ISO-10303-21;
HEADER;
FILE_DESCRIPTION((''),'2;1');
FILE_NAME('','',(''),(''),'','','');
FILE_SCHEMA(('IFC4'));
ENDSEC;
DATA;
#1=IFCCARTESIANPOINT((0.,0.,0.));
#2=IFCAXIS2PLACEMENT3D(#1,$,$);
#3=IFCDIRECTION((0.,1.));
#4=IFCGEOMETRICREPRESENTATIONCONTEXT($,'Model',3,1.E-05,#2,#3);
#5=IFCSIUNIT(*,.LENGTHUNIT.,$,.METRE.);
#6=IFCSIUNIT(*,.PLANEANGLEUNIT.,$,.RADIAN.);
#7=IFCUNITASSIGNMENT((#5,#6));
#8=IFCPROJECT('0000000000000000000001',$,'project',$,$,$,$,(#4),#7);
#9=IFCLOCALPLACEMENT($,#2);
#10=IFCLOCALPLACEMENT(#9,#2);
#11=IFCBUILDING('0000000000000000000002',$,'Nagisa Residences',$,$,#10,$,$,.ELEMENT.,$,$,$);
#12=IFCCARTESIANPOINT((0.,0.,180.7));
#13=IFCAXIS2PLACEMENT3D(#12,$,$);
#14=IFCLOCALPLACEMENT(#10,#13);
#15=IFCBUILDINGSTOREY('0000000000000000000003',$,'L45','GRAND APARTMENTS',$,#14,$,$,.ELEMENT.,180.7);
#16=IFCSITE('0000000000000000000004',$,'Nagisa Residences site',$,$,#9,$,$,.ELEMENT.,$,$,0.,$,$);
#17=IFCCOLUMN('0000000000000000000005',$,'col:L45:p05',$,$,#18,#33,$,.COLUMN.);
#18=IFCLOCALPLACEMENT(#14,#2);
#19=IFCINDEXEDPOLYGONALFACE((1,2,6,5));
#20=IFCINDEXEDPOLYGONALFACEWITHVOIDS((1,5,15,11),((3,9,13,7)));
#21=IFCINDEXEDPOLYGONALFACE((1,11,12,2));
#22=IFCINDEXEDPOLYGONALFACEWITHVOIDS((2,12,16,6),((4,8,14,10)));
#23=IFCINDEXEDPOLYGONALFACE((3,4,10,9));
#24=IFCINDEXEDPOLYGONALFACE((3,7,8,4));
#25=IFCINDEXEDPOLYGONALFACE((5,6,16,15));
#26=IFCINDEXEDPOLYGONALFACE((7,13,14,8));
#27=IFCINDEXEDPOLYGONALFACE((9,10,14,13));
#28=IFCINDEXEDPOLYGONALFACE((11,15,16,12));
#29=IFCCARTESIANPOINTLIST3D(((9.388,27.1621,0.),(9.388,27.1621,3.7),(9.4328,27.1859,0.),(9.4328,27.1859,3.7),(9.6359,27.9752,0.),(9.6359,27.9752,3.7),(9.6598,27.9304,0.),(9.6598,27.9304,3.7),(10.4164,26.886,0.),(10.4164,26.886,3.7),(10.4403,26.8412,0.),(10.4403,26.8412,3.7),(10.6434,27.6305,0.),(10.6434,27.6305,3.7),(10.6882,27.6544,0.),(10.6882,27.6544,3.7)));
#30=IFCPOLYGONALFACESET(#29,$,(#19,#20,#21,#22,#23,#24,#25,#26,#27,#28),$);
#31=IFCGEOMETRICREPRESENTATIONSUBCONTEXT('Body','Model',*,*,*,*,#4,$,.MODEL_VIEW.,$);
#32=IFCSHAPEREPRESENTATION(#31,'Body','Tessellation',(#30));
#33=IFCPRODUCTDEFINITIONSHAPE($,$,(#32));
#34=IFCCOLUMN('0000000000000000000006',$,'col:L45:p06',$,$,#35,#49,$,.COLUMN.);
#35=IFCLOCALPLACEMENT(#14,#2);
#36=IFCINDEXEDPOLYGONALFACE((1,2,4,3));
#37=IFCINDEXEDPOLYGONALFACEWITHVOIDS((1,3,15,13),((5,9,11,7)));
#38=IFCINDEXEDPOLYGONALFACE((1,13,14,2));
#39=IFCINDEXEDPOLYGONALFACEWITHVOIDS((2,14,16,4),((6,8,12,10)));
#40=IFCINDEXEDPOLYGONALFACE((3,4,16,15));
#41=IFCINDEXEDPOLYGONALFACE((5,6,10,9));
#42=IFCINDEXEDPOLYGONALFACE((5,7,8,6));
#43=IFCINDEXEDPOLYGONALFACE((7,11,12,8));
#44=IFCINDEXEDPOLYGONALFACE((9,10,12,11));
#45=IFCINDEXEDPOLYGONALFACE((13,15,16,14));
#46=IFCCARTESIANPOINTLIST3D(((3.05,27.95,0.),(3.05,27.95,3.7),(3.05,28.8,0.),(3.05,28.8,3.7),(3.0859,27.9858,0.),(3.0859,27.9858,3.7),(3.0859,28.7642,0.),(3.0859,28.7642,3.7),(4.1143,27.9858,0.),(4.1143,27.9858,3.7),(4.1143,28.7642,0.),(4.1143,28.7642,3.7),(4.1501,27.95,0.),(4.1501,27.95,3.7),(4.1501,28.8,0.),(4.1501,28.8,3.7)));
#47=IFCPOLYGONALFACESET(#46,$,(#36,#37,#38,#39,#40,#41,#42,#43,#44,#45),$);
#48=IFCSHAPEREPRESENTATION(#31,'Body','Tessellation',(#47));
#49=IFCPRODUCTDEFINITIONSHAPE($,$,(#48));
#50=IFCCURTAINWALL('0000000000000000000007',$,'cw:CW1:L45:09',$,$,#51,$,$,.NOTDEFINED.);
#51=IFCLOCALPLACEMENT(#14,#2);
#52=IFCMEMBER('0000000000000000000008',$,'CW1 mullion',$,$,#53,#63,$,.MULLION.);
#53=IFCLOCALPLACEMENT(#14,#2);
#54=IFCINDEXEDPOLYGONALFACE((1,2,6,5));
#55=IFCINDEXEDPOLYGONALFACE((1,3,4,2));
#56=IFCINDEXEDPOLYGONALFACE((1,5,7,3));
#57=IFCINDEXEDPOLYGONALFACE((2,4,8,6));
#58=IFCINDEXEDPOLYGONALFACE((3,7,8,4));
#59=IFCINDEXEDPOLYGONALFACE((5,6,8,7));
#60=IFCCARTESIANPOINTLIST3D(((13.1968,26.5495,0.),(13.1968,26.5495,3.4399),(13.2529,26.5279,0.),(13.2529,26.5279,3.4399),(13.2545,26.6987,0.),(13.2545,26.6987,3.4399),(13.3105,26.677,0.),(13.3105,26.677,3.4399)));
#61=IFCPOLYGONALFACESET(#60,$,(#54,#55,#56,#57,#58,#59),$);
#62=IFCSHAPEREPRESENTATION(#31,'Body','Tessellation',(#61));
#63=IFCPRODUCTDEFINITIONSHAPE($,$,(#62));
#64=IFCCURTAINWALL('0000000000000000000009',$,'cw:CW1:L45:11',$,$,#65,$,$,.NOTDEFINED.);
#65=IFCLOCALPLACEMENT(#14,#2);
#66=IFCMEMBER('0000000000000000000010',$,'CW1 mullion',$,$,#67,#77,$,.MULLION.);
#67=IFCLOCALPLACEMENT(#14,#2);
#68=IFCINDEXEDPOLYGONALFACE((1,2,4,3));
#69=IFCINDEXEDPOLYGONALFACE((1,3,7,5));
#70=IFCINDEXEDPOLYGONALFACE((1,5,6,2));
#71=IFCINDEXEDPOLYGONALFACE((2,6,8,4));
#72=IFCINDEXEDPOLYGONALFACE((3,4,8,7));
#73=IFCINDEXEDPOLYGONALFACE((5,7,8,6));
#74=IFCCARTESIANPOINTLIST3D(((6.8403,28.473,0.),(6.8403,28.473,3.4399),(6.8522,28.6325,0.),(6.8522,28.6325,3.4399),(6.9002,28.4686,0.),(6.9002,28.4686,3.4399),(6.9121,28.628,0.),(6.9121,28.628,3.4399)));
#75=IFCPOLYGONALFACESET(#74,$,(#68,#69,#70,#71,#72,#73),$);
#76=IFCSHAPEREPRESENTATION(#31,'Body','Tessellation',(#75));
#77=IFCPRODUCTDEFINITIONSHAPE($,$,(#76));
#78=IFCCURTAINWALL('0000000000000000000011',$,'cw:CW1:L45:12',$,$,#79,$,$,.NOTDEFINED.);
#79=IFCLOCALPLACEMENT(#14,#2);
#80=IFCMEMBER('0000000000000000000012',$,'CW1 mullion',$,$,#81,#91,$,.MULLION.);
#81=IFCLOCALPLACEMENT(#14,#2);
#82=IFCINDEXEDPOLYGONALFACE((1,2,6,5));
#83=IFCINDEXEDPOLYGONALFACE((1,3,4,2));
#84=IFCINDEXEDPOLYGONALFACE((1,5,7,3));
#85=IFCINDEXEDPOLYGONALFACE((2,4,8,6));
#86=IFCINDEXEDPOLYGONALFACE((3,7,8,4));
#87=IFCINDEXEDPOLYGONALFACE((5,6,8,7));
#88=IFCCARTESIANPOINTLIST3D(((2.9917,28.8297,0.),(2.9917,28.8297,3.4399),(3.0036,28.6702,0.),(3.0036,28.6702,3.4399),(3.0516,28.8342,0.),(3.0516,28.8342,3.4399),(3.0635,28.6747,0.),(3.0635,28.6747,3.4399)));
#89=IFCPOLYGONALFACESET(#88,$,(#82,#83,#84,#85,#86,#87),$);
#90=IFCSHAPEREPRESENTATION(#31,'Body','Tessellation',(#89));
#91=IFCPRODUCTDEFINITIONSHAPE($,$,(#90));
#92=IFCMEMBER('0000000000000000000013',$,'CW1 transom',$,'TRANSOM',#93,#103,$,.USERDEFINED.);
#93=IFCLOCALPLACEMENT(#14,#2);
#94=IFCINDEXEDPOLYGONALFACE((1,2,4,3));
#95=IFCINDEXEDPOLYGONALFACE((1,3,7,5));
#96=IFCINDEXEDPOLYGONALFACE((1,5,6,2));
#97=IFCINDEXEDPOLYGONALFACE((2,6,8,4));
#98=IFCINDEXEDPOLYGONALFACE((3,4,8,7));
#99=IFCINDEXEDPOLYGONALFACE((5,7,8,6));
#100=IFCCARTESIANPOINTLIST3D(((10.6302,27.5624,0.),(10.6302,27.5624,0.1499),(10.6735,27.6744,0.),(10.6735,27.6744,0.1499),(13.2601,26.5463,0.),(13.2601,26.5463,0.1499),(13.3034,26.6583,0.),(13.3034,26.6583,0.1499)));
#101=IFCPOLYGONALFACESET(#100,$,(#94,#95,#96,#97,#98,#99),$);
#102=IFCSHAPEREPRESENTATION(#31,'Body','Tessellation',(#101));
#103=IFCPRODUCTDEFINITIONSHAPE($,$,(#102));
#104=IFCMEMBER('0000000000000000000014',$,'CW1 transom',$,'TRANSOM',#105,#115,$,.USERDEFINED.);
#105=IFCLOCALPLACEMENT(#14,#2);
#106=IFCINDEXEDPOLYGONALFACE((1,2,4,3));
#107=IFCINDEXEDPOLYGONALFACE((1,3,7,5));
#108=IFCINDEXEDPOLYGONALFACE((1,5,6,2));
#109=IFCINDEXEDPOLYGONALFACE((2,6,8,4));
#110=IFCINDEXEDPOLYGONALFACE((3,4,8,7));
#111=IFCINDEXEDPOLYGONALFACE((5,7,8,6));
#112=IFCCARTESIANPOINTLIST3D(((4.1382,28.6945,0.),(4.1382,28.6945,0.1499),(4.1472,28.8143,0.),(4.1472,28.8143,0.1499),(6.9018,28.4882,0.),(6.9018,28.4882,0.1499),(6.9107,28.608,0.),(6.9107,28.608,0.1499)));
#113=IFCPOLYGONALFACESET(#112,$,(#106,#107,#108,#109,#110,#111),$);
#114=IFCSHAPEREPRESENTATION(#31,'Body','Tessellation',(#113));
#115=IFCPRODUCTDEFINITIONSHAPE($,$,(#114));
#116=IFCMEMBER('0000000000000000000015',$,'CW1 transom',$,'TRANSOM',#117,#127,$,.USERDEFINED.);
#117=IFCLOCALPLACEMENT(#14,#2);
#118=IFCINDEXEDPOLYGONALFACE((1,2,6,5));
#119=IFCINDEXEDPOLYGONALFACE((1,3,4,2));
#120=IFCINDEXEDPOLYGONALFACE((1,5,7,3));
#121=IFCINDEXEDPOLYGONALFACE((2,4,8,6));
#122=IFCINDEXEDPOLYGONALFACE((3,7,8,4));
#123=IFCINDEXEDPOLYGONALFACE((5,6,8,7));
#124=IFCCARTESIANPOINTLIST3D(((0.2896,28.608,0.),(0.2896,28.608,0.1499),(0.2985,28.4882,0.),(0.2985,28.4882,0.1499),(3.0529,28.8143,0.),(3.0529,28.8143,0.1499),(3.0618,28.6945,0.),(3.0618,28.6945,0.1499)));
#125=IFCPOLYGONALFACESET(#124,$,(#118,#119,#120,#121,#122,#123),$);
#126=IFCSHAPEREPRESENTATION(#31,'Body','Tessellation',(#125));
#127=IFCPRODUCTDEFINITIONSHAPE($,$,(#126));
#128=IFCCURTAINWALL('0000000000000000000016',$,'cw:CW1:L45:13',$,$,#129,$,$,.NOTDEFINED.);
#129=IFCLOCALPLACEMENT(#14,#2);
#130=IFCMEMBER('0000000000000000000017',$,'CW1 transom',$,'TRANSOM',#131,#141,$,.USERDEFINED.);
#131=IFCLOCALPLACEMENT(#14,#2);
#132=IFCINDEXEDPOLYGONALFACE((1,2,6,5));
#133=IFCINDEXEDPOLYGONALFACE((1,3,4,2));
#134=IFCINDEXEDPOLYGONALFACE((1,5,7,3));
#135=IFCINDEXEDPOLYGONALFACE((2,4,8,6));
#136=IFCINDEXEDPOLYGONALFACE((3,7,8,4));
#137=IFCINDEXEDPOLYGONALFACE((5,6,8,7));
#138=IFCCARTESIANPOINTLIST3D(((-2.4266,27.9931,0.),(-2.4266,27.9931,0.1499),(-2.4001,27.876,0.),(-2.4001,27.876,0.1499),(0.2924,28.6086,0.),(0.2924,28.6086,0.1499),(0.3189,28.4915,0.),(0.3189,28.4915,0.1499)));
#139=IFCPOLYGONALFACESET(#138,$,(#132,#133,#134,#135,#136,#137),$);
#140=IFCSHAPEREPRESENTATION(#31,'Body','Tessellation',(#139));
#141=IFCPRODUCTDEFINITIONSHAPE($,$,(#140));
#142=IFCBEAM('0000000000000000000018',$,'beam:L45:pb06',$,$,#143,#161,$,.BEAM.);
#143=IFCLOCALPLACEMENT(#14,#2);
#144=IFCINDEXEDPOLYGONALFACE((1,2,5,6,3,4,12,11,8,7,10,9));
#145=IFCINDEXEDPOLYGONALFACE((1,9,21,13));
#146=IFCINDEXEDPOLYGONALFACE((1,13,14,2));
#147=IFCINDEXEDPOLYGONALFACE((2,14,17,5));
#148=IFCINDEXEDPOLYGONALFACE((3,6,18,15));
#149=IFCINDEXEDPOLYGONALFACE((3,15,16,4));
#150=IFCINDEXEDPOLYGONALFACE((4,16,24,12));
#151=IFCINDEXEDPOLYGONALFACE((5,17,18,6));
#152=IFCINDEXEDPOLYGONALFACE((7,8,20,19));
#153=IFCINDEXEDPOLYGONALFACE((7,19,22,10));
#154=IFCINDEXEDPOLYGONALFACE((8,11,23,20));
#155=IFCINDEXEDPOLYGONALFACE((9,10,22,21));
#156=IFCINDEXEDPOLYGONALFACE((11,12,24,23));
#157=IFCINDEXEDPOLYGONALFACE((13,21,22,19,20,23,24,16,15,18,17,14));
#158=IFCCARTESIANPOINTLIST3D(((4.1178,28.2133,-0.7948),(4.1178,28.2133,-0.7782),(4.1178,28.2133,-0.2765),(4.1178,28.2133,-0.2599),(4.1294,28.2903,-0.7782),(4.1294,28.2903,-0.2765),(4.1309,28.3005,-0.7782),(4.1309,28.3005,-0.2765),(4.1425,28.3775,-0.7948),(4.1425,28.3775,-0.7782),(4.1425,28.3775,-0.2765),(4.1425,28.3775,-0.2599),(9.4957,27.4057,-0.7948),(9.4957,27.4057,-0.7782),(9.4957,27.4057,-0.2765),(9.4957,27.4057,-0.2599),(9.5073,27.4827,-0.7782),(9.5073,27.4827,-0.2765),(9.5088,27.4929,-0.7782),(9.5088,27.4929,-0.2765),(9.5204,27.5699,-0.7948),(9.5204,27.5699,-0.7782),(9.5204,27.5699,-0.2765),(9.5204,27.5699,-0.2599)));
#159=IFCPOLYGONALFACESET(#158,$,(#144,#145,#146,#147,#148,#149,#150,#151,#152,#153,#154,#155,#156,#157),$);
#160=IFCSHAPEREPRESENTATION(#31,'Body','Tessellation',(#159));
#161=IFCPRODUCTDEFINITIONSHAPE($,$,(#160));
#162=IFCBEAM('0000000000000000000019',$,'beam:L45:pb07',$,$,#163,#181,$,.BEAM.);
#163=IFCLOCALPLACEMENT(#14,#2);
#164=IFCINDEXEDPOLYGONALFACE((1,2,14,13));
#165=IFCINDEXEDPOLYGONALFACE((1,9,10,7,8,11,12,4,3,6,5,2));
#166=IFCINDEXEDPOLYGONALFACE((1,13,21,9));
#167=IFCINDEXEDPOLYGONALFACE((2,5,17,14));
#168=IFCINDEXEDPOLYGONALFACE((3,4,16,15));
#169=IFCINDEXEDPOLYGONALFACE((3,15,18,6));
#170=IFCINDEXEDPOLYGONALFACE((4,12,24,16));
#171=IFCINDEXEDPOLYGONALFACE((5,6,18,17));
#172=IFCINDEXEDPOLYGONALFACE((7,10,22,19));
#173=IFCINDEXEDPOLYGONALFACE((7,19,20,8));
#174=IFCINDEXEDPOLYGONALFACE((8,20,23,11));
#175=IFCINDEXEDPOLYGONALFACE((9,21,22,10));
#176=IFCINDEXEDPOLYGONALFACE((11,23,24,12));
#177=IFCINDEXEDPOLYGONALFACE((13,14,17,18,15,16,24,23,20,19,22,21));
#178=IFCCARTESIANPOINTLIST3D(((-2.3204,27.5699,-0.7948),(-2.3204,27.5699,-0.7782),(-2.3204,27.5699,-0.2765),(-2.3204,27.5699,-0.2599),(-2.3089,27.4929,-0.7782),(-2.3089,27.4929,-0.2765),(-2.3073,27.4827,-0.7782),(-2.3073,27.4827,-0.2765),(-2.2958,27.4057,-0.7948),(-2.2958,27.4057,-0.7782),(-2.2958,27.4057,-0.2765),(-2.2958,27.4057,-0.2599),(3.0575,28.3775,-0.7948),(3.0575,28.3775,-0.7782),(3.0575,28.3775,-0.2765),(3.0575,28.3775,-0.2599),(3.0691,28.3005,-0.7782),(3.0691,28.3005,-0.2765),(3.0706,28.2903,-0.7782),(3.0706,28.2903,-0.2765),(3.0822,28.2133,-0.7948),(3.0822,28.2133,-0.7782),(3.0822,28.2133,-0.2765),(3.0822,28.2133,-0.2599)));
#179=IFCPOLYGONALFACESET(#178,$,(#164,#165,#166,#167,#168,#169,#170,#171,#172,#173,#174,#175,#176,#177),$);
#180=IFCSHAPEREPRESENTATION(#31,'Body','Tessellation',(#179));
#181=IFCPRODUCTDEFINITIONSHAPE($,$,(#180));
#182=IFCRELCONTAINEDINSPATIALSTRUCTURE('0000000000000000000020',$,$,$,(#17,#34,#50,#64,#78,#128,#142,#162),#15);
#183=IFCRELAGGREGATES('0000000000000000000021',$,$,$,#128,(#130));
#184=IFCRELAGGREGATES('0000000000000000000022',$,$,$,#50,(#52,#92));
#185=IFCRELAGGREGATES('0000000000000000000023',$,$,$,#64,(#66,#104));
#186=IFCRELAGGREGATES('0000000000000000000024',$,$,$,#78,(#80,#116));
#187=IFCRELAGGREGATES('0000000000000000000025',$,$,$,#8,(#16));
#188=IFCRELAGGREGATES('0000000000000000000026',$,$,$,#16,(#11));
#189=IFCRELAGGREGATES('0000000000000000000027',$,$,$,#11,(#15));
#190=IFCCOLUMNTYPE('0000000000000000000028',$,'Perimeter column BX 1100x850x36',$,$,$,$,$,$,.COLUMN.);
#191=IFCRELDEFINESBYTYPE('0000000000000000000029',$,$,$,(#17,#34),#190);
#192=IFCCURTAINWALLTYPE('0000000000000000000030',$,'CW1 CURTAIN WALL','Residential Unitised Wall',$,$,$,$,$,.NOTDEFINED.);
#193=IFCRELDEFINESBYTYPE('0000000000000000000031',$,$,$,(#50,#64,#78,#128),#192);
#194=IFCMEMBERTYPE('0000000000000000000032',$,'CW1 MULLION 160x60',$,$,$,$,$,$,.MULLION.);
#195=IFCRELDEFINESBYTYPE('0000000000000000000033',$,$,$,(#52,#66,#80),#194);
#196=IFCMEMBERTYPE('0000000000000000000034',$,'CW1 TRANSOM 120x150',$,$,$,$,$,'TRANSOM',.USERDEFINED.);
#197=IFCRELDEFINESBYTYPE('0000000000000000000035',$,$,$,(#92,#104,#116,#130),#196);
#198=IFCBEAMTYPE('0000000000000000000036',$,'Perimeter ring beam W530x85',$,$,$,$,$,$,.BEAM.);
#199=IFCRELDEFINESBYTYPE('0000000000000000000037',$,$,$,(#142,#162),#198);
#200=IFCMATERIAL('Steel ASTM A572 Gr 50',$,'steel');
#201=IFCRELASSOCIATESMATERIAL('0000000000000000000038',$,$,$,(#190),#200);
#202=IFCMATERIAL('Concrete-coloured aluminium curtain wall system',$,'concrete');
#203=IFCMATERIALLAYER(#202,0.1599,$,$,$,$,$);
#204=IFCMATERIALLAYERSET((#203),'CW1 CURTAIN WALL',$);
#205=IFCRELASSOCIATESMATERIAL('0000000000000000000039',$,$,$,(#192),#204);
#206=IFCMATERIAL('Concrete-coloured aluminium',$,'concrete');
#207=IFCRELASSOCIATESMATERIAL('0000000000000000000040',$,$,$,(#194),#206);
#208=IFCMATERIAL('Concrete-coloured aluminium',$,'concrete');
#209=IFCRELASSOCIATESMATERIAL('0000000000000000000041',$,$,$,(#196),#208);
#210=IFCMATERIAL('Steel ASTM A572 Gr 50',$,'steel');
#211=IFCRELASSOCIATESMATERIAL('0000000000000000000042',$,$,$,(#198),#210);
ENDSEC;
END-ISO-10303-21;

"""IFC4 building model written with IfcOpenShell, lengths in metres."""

from ifc_helpers import new_model, si_unit, direction, frame, origin, origin_2d, place, context, subcontext, project, spatial, rectangle, hollow_rectangle, i_section, extrude, material, layer, layer_set, material_profile, profile_set, type_object, element, aggregate, save


model = new_model("IFC4")

# Units and contexts
model_context = context("Model", 3, precision=1e-05, world=origin(), true_north=direction((0.0, 1.0)))
body_context = subcontext(model_context, "Body", "Model", "MODEL_VIEW")
ifc_project = project(units=[si_unit("LENGTHUNIT", "METRE"), si_unit("PLANEANGLEUNIT", "RADIAN")], contexts=[model_context])

# Site, building, storey
site_placement = place(None, origin())
site = spatial("IfcSite", under=ifc_project, at=site_placement, Name="Nagisa Residences site", CompositionType="ELEMENT", RefElevation=0.0)
building_placement = place(site_placement, origin())
building = spatial("IfcBuilding", under=site, at=building_placement, Name="Nagisa Residences", CompositionType="ELEMENT")
storey_placement = place(building_placement, frame((0.0, 0.0, 180.7)))
storey = spatial("IfcBuildingStorey", under=building, at=storey_placement, Name="L45", Description="GRAND APARTMENTS", CompositionType="ELEMENT", Elevation=180.7)

# Columns
ifc_material_1 = material(Name="Steel ASTM A572 Gr 50", Category="steel")
ifc_material_profile_1 = material_profile(ifc_material_1, hollow_rectangle(XDim=1.1001, YDim=0.8501, WallThickness=0.0359, at=origin_2d()), Name="BX 1100x850x36")
ifc_profile_set_1 = profile_set([ifc_material_profile_1], Name="Steel ASTM A572 Gr 50")
column_type = type_object("IfcColumnType", Name="Perimeter column BX 1100x850x36", PredefinedType="COLUMN", material=ifc_profile_set_1)
for number, where, z_axis, x_axis, name in (
    (1, (10.0381, 27.4082, 0.0), (0.0, 0.0, 1.0), (-0.956525, 0.291652, 0.0), "col:L45:p05"),
    (2, (3.6001, 28.375, 0.0), (0.0, 0.0, 1.0), (-1.0, 0.0, 0.0), "col:L45:p06"),
):
    element("IfcColumn", number, at=place(storey_placement, frame(where, z_axis=z_axis, x_axis=x_axis)), inside=storey, type_object=column_type, Name=name, PredefinedType="COLUMN", context=body_context, shape_type="SweptSolid", body=[
        extrude(hollow_rectangle(XDim=1.1001, YDim=0.8501, WallThickness=0.0359, at=origin_2d()), origin(), (0.0, 0.0, 1.0), 3.7),
    ])

# Curtain walls, members
ifc_material_2 = material(Name="Concrete-coloured aluminium curtain wall system", Category="concrete")
ifc_layer_1 = layer(ifc_material_2, 0.1599)
ifc_layer_set_1 = layer_set([ifc_layer_1], Name="CW1 CURTAIN WALL")
curtain_wall_type = type_object("IfcCurtainWallType", Name="CW1 CURTAIN WALL", Description="Residential Unitised Wall", PredefinedType="NOTDEFINED", material=ifc_layer_set_1)
curtain_wall_1_placement = place(storey_placement, origin())
curtain_wall_1 = element("IfcCurtainWall", 3, at=curtain_wall_1_placement, inside=storey, type_object=curtain_wall_type, Name="cw:CW1:L45:09", PredefinedType="NOTDEFINED")
ifc_material_3 = material(Name="Concrete-coloured aluminium", Category="concrete")
ifc_material_profile_2 = material_profile(ifc_material_3, rectangle(XDim=0.1599, YDim=0.0601, at=origin_2d()), Name="CW1 MULLION 160x60")
ifc_profile_set_2 = profile_set([ifc_material_profile_2], Name="Concrete-coloured aluminium")
member_type_1 = type_object("IfcMemberType", Name="CW1 MULLION 160x60", PredefinedType="MULLION", material=ifc_profile_set_2)
member_1_placement = place(storey_placement, frame((13.2537, 26.6133, 0.0), z_axis=(0.0, 0.0, 1.0), x_axis=(-0.360328, -0.932826, 0.0)))
member_1 = element("IfcMember", 4, at=member_1_placement, type_object=member_type_1, Name="CW1 mullion", PredefinedType="MULLION", context=body_context, shape_type="SweptSolid", body=[
    extrude(rectangle(XDim=0.1599, YDim=0.0601, at=origin_2d()), origin(), (0.0, 0.0, 1.0), 3.4399),
])
curtain_wall_2_placement = place(storey_placement, origin())
curtain_wall_2 = element("IfcCurtainWall", 5, at=curtain_wall_2_placement, inside=storey, type_object=curtain_wall_type, Name="cw:CW1:L45:11", PredefinedType="NOTDEFINED")
member_2_placement = place(storey_placement, frame((6.8762, 28.5505, 0.0), z_axis=(0.0, 0.0, 1.0), x_axis=(-0.074377, -0.99723, 0.0)))
member_2 = element("IfcMember", 6, at=member_2_placement, type_object=member_type_1, Name="CW1 mullion", PredefinedType="MULLION", context=body_context, shape_type="SweptSolid", body=[
    extrude(rectangle(XDim=0.1599, YDim=0.0601, at=origin_2d()), origin(), (0.0, 0.0, 1.0), 3.4399),
])
curtain_wall_3_placement = place(storey_placement, origin())
curtain_wall_3 = element("IfcCurtainWall", 7, at=curtain_wall_3_placement, inside=storey, type_object=curtain_wall_type, Name="cw:CW1:L45:12", PredefinedType="NOTDEFINED")
member_3_placement = place(storey_placement, frame((3.0276, 28.7522, 0.0), z_axis=(0.0, 0.0, 1.0), x_axis=(0.074377, -0.99723, 0.0)))
member_3 = element("IfcMember", 8, at=member_3_placement, type_object=member_type_1, Name="CW1 mullion", PredefinedType="MULLION", context=body_context, shape_type="SweptSolid", body=[
    extrude(rectangle(XDim=0.1599, YDim=0.0601, at=origin_2d()), origin(), (0.0, 0.0, 1.0), 3.4399),
])

# Members
ifc_material_4 = material(Name="Concrete-coloured aluminium", Category="concrete")
ifc_material_profile_3 = material_profile(ifc_material_4, rectangle(XDim=0.1201, YDim=0.1499, at=origin_2d()), Name="CW1 TRANSOM 120x150")
ifc_profile_set_3 = profile_set([ifc_material_profile_3], Name="Concrete-coloured aluminium")
member_type_2 = type_object("IfcMemberType", Name="CW1 TRANSOM 120x150", ElementType="TRANSOM", PredefinedType="USERDEFINED", material=ifc_profile_set_3)
member_4_placement = place(storey_placement, frame((13.2817, 26.6023, 0.075), z_axis=(-0.932795, 0.360406, 0.0), x_axis=(-0.360406, -0.932795, 0.0)))
member_4 = element("IfcMember", 9, at=member_4_placement, type_object=member_type_2, Name="CW1 transom", ObjectType="TRANSOM", PredefinedType="USERDEFINED", context=body_context, shape_type="SweptSolid", body=[
    extrude(rectangle(XDim=0.1201, YDim=0.1499, at=origin_2d()), origin(), (0.0, 0.0, 1.0), 2.8193),
])
member_5_placement = place(storey_placement, frame((6.9062, 28.5481, 0.075), z_axis=(-0.997226, 0.07444, 0.0), x_axis=(-0.07444, -0.997226, 0.0)))
member_5 = element("IfcMember", 10, at=member_5_placement, type_object=member_type_2, Name="CW1 transom", ObjectType="TRANSOM", PredefinedType="USERDEFINED", context=body_context, shape_type="SweptSolid", body=[
    extrude(rectangle(XDim=0.1201, YDim=0.1499, at=origin_2d()), origin(), (0.0, 0.0, 1.0), 2.7712),
])
member_6_placement = place(storey_placement, frame((3.0574, 28.7544, 0.075), z_axis=(-0.997225, -0.074446, 0.0), x_axis=(0.074446, -0.997225, 0.0)))
member_6 = element("IfcMember", 11, at=member_6_placement, type_object=member_type_2, Name="CW1 transom", ObjectType="TRANSOM", PredefinedType="USERDEFINED", context=body_context, shape_type="SweptSolid", body=[
    extrude(rectangle(XDim=0.1201, YDim=0.1499, at=origin_2d()), origin(), (0.0, 0.0, 1.0), 2.771),
])

# Curtain wall, member
curtain_wall_4_placement = place(storey_placement, origin())
curtain_wall_4 = element("IfcCurtainWall", 12, at=curtain_wall_4_placement, inside=storey, type_object=curtain_wall_type, Name="cw:CW1:L45:13", PredefinedType="NOTDEFINED")
member_7_placement = place(storey_placement, frame((0.3057, 28.55, 0.075), z_axis=(-0.975324, -0.220777, 0.0), x_axis=(0.220777, -0.975324, 0.0)))
member_7 = element("IfcMember", 13, at=member_7_placement, type_object=member_type_2, Name="CW1 transom", ObjectType="TRANSOM", PredefinedType="USERDEFINED", context=body_context, shape_type="SweptSolid", body=[
    extrude(rectangle(XDim=0.1201, YDim=0.1499, at=origin_2d()), origin(), (0.0, 0.0, 1.0), 2.7878),
])
aggregate(curtain_wall_4, [member_7])

# Beams
ifc_material_5 = material(Name="Steel ASTM A572 Gr 50", Category="steel")
ifc_material_profile_4 = material_profile(ifc_material_5, i_section(OverallWidth=0.166, OverallDepth=0.5349, WebThickness=0.0103, FlangeThickness=0.0166, at=origin_2d()), Name="W530x85")
ifc_profile_set_4 = profile_set([ifc_material_profile_4], Name="Steel ASTM A572 Gr 50")
beam_type_1 = type_object("IfcBeamType", Name="Perimeter ring beam W530x85", PredefinedType="BEAM", material=ifc_profile_set_4)
for number, where, z_axis, x_axis, name in (
    (14, (9.5081, 27.4878, -0.5273), (-0.988911, 0.148507, 0.0), (-0.148507, -0.988911, 0.0), "beam:L45:pb06"),
    (15, (3.0698, 28.2954, -0.5273), (-0.988911, -0.148507, 0.0), (0.148507, -0.988911, 0.0), "beam:L45:pb07"),
):
    element("IfcBeam", number, at=place(storey_placement, frame(where, z_axis=z_axis, x_axis=x_axis)), inside=storey, type_object=beam_type_1, Name=name, PredefinedType="BEAM", context=body_context, shape_type="SweptSolid", body=[
        extrude(i_section(OverallWidth=0.166, OverallDepth=0.5349, WebThickness=0.0103, FlangeThickness=0.0166, at=origin_2d()), origin(), (0.0, 0.0, 1.0), 5.4382),
    ])

aggregate(curtain_wall_1, [member_1, member_4])
aggregate(curtain_wall_2, [member_2, member_5])
aggregate(curtain_wall_3, [member_3, member_6])

save(model, "model.ifc")
